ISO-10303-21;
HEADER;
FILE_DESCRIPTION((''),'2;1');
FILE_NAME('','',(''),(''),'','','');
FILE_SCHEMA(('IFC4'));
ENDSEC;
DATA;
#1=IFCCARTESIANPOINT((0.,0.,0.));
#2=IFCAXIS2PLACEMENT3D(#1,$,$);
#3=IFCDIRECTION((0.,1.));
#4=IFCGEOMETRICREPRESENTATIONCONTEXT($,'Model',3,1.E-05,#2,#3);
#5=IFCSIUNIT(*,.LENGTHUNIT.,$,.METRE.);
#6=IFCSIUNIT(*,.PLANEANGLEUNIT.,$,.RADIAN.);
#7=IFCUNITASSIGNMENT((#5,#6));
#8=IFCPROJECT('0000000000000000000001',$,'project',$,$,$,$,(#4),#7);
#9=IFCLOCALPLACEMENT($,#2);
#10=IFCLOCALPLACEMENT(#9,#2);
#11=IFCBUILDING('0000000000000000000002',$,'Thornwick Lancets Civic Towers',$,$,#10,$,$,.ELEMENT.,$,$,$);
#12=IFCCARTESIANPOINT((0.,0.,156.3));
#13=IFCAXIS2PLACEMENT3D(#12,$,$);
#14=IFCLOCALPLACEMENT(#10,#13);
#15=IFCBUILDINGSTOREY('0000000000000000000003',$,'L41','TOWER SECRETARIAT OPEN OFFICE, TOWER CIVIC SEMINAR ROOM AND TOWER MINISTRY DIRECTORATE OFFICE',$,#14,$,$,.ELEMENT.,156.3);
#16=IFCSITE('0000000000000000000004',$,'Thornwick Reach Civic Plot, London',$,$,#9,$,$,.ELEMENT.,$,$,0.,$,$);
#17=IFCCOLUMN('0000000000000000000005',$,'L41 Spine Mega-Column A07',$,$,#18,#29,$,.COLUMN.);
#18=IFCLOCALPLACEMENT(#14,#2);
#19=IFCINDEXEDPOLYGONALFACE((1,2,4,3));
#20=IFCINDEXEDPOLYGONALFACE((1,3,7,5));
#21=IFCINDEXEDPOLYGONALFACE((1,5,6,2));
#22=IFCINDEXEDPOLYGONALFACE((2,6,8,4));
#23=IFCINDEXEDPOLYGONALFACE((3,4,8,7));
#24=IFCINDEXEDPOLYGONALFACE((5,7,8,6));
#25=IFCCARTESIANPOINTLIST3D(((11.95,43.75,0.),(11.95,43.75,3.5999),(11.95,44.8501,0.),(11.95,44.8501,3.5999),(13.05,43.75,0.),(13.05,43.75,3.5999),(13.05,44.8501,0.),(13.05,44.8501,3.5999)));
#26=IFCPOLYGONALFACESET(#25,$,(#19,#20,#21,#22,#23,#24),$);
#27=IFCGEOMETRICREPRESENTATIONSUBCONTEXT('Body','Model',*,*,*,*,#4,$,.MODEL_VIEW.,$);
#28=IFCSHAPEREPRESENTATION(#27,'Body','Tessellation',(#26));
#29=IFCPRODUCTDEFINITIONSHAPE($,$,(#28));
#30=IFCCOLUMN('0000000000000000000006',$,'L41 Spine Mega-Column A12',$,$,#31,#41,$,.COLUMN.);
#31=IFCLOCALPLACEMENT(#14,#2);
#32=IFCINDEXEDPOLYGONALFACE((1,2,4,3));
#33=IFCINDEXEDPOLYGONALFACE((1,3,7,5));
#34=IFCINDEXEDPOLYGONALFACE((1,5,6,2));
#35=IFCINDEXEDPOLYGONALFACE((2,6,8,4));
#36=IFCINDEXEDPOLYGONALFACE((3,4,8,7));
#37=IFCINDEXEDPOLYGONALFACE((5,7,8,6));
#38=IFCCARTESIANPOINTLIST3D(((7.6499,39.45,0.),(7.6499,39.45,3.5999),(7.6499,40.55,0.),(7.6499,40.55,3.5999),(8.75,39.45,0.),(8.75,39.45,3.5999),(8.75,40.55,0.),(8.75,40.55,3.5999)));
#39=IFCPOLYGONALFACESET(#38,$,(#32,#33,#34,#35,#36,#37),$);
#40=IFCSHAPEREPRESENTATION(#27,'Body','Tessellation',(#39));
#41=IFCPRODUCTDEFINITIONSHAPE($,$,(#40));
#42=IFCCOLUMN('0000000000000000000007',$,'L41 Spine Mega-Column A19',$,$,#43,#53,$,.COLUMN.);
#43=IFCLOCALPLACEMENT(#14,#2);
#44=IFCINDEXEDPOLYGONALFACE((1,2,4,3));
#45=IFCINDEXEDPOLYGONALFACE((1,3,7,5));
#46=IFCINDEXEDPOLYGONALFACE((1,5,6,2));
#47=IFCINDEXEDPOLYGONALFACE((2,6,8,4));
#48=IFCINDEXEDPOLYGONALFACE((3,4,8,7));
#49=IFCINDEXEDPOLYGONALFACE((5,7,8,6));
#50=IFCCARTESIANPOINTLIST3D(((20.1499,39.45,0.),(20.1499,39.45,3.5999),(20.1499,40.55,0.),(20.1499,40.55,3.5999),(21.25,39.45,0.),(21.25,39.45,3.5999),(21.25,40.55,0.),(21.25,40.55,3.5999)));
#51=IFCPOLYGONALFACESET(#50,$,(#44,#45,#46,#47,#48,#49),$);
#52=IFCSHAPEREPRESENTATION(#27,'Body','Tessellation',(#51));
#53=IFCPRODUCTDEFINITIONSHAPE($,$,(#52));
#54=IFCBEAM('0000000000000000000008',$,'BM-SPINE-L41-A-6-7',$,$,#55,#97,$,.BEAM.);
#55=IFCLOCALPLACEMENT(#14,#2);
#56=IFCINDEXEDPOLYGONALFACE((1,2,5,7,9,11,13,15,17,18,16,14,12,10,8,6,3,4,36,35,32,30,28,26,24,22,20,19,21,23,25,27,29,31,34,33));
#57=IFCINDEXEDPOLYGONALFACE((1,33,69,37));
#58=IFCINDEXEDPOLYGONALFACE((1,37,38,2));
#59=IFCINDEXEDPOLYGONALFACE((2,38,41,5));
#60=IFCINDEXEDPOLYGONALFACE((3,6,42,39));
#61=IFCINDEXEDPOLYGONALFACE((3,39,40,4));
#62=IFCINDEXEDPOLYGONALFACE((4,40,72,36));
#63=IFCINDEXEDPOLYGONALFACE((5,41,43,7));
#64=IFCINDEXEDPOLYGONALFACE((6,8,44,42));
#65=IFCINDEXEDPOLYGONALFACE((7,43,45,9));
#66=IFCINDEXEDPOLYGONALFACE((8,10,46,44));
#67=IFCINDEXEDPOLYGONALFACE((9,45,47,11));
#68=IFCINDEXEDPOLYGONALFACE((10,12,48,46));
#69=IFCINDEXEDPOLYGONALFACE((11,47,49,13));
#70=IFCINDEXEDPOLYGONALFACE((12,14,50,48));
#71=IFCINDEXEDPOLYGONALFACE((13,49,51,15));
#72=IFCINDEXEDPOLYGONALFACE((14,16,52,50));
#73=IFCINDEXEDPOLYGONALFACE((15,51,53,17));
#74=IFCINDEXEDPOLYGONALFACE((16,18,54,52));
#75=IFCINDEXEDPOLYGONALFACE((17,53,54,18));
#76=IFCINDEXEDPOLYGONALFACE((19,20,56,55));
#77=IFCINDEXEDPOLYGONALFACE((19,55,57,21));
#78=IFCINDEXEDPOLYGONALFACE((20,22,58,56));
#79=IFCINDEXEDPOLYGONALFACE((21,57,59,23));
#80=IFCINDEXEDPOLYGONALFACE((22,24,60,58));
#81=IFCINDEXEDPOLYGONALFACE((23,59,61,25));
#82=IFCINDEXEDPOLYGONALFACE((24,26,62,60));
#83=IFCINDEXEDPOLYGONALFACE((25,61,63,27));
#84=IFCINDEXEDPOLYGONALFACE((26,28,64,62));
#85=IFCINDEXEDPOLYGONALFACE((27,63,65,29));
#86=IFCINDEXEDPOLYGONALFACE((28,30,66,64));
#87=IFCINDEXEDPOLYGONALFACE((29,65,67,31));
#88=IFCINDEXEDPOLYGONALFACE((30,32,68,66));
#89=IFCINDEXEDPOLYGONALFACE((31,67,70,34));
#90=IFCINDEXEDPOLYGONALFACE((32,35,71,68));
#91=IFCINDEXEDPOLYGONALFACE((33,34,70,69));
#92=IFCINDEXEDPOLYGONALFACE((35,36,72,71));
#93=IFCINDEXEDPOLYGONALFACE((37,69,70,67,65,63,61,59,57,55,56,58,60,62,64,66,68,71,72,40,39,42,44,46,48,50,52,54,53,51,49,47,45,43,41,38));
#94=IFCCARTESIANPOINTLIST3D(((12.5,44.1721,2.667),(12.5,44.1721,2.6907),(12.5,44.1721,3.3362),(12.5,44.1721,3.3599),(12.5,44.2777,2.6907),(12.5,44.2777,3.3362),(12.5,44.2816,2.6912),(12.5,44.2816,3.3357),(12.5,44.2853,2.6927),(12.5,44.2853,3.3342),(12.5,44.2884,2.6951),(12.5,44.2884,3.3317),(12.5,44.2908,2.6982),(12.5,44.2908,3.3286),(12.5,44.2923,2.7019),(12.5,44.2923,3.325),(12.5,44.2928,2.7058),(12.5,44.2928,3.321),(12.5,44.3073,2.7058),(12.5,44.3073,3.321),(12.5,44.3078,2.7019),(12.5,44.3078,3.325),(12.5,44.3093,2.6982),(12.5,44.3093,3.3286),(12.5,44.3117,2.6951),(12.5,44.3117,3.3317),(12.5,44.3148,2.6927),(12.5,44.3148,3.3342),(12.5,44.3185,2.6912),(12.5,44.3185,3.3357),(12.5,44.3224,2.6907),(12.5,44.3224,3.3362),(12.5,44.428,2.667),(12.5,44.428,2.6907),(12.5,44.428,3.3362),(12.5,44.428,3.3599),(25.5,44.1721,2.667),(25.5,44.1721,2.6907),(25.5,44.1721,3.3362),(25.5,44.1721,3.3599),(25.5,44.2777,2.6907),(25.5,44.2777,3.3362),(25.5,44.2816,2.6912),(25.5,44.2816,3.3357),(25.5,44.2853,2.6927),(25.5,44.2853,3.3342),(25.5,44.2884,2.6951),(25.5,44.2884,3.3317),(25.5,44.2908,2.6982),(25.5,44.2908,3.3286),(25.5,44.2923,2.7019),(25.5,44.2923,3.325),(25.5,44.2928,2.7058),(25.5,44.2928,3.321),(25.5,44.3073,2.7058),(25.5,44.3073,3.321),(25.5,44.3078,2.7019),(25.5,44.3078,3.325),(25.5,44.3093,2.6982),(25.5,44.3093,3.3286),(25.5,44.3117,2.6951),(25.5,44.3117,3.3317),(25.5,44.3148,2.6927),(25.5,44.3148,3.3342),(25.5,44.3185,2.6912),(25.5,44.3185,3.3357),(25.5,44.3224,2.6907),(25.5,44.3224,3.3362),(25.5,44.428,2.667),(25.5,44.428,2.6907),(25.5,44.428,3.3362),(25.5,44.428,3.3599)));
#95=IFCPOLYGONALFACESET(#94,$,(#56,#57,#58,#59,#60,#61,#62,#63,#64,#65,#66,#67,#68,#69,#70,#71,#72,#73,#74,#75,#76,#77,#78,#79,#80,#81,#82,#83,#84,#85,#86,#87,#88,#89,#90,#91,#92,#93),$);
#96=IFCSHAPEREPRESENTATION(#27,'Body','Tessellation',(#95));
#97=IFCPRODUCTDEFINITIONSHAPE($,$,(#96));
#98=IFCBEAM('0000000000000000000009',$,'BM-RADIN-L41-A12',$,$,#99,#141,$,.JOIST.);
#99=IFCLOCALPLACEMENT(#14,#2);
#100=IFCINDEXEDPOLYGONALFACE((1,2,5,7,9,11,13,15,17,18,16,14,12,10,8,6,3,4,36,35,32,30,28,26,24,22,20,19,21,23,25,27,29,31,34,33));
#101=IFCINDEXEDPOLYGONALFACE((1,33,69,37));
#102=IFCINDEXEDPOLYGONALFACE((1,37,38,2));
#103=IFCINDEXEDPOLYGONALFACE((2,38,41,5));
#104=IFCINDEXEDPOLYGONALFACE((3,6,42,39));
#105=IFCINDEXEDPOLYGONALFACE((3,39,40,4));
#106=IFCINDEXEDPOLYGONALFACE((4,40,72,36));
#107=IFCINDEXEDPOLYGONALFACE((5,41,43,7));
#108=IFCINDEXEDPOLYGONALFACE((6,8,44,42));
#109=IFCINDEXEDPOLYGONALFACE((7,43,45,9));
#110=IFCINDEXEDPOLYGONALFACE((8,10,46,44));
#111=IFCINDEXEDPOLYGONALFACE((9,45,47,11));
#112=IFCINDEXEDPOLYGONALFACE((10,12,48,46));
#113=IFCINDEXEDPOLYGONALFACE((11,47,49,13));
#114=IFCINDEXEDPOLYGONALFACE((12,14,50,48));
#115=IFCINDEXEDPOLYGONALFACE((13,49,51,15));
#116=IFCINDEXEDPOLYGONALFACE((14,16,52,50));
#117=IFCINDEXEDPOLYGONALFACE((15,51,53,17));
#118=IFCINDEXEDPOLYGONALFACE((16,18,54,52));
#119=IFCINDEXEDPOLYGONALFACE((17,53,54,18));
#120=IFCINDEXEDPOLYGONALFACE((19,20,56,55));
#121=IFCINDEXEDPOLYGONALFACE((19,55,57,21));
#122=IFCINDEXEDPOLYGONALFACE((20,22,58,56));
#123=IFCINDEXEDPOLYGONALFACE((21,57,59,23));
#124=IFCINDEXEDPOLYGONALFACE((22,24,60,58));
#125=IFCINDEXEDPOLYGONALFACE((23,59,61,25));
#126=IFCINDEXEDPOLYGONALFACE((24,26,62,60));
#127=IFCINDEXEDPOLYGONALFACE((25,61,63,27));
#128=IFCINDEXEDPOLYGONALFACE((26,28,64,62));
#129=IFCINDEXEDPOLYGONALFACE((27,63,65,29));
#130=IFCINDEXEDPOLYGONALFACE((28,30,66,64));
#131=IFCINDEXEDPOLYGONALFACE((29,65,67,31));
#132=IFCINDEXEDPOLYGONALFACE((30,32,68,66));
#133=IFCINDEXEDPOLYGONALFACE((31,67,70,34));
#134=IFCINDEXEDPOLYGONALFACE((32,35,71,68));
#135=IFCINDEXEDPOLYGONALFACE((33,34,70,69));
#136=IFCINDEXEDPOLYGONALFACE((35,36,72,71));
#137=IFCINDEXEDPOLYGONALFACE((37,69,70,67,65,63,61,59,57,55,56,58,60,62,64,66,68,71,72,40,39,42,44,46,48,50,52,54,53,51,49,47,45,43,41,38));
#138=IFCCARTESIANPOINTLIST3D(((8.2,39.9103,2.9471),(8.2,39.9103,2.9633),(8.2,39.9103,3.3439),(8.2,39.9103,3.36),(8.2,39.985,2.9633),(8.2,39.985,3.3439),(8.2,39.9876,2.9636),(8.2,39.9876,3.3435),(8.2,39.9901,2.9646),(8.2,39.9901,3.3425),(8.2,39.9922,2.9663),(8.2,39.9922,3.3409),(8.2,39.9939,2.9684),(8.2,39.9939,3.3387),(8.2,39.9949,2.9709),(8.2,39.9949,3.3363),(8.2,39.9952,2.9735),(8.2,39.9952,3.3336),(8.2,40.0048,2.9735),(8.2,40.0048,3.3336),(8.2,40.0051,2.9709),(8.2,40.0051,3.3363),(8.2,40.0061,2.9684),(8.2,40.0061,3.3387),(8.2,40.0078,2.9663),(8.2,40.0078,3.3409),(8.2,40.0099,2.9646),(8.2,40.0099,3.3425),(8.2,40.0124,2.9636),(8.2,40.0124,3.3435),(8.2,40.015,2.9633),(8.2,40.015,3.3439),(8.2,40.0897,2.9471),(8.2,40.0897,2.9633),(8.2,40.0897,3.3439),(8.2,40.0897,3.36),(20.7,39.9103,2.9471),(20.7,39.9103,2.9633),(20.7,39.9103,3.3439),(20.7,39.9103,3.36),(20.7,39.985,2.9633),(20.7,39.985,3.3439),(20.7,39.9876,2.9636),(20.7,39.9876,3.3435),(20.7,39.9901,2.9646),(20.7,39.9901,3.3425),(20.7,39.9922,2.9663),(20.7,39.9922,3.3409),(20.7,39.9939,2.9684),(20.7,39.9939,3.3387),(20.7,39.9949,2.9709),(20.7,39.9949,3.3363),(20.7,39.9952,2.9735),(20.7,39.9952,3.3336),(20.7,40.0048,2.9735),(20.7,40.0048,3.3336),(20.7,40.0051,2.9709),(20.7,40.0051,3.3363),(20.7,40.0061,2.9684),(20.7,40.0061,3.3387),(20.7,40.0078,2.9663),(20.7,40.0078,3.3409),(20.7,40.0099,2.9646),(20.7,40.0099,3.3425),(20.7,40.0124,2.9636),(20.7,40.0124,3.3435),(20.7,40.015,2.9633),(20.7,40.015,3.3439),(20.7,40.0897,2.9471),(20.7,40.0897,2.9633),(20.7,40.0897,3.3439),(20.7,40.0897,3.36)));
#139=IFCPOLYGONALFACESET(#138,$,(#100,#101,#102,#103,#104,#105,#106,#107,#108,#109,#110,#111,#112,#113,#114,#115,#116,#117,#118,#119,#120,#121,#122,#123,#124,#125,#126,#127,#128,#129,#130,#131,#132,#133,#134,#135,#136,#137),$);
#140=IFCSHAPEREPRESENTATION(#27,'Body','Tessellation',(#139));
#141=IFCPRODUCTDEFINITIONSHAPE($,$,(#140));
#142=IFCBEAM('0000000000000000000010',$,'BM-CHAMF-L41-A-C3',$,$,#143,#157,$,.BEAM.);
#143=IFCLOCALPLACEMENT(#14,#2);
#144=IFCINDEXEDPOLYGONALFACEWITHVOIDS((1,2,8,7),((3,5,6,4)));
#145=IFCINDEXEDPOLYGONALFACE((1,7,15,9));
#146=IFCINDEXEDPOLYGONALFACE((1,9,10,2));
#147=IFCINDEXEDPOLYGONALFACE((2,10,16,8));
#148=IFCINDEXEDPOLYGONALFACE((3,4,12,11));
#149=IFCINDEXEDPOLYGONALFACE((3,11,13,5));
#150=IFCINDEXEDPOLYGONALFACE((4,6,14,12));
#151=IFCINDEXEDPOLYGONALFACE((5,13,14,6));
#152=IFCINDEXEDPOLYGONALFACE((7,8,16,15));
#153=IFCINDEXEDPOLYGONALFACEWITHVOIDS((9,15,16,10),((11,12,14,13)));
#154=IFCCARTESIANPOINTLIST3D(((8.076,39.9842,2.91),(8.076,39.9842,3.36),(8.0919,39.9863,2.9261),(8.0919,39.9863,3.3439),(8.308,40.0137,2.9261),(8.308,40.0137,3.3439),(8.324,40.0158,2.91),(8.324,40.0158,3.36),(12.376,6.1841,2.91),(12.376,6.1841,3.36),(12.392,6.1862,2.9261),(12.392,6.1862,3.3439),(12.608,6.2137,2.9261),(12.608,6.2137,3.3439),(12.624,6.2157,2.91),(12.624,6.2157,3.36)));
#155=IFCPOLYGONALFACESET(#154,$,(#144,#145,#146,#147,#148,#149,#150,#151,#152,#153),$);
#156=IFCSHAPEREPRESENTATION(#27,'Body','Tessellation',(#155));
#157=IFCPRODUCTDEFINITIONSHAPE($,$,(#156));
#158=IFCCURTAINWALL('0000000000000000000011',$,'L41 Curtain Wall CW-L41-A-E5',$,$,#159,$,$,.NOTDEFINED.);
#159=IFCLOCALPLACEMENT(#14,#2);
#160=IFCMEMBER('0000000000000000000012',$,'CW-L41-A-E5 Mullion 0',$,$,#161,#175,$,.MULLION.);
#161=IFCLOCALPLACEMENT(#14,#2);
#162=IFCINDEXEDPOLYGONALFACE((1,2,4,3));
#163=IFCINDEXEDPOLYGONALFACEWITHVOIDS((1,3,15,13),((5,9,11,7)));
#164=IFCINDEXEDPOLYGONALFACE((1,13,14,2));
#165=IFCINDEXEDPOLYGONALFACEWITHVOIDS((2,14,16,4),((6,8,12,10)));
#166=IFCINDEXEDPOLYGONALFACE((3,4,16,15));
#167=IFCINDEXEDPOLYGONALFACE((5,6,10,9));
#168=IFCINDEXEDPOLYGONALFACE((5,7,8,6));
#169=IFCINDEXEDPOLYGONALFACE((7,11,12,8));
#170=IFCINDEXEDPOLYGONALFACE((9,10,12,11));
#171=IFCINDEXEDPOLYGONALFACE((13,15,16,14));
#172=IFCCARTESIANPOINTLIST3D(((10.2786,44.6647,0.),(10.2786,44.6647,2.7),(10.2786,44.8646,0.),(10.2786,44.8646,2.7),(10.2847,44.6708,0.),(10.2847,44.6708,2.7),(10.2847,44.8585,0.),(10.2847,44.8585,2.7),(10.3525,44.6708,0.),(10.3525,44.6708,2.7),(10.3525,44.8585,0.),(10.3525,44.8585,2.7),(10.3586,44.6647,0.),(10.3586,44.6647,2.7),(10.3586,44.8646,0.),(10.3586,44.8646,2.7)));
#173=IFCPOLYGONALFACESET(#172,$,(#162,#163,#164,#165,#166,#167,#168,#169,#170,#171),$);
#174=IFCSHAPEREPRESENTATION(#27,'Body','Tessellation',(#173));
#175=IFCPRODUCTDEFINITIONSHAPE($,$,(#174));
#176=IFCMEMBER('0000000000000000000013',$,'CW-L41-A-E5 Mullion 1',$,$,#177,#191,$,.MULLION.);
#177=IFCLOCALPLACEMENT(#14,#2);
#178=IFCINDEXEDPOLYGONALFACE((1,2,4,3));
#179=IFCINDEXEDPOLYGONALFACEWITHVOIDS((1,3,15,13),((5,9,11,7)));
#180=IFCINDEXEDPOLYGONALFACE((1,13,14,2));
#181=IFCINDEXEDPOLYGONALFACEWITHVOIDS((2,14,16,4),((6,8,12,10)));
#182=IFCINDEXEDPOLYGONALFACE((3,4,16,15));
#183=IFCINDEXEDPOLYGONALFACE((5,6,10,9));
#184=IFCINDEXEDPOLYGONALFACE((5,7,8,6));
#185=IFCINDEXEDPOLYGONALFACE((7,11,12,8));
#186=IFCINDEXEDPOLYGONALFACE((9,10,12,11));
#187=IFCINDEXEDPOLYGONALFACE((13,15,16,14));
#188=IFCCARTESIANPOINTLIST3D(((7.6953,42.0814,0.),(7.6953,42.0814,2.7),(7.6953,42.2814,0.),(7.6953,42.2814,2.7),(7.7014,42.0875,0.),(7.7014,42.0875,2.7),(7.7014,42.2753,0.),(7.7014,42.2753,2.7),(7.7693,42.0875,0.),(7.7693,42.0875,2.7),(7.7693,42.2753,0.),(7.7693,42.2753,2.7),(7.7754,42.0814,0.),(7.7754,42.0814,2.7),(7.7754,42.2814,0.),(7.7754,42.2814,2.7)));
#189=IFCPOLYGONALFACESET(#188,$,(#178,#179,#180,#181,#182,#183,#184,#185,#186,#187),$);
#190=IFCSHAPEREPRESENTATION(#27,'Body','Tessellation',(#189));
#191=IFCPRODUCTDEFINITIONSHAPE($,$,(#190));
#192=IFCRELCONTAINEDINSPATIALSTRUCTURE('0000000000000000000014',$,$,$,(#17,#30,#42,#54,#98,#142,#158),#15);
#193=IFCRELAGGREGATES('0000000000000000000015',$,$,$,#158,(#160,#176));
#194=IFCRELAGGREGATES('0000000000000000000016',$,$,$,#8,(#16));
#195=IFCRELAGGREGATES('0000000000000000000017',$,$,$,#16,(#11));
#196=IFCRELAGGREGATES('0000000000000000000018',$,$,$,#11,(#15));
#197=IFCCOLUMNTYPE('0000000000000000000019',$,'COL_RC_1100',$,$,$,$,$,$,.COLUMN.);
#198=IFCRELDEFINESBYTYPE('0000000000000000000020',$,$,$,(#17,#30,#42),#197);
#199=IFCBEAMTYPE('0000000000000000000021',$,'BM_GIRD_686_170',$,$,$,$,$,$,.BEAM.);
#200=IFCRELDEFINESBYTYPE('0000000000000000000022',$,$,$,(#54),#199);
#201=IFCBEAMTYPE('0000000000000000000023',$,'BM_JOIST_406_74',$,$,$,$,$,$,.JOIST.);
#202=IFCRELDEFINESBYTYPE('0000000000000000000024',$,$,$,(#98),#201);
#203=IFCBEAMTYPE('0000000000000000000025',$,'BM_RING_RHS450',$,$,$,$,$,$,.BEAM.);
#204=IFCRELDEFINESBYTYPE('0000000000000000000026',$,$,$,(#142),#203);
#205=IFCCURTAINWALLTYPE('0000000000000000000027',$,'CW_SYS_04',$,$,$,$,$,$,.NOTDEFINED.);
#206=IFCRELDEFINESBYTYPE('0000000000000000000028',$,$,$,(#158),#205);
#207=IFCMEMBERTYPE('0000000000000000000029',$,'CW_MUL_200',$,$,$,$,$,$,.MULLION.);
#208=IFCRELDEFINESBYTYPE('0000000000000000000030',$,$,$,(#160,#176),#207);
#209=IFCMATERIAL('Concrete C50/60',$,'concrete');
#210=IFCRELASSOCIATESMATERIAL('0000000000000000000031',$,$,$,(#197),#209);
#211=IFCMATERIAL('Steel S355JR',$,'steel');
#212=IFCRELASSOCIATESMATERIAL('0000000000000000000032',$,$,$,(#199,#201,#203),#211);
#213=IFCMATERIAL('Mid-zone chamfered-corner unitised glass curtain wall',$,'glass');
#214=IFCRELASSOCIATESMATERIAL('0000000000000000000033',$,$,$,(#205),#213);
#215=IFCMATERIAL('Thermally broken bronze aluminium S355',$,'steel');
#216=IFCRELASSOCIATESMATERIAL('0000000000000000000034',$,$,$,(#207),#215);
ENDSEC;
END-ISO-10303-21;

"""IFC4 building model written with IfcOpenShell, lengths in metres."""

from ifc_helpers import new_model, si_unit, direction, frame, origin, origin_2d, place, context, subcontext, project, spatial, rectangle, hollow_rectangle, i_section, extrude, material, material_profile, profile_set, type_object, element, aggregate, save


model = new_model("IFC4")

# Units and contexts
model_context = context("Model", 3, precision=1e-05, world=origin(), true_north=direction((0.0, 1.0)))
body_context = subcontext(model_context, "Body", "Model", "MODEL_VIEW")
ifc_project = project(units=[si_unit("LENGTHUNIT", "METRE"), si_unit("PLANEANGLEUNIT", "RADIAN")], contexts=[model_context])

# Site, building, storey
site_placement = place(None, origin())
site = spatial("IfcSite", under=ifc_project, at=site_placement, Name="Thornwick Reach Civic Plot, London", CompositionType="ELEMENT", RefElevation=0.0)
building_placement = place(site_placement, origin())
building = spatial("IfcBuilding", under=site, at=building_placement, Name="Thornwick Lancets Civic Towers", CompositionType="ELEMENT")
storey_placement = place(building_placement, frame((0.0, 0.0, 156.3)))
storey = spatial("IfcBuildingStorey", under=building, at=storey_placement, Name="L41", Description="TOWER SECRETARIAT OPEN OFFICE, TOWER CIVIC SEMINAR ROOM AND TOWER MINISTRY DIRECTORATE OFFICE", CompositionType="ELEMENT", Elevation=156.3)

# Columns
ifc_material_1 = material(Name="Concrete C50/60", Category="concrete")
ifc_material_profile_1 = material_profile(ifc_material_1, rectangle(XDim=1.1001, YDim=1.1001, at=origin_2d()), Name="RC 1100x1100")
ifc_profile_set_1 = profile_set([ifc_material_profile_1], Name="Concrete C50/60")
column_type = type_object("IfcColumnType", Name="COL_RC_1100", PredefinedType="COLUMN", material=ifc_profile_set_1)
for number, where, z_axis, x_axis, name in (
    (1, (12.5, 44.3, 0.0), (0.0, 0.0, 1.0), (1.0, 0.0, 0.0), "L41 Spine Mega-Column A07"),
    (2, (8.2, 40.0, 0.0), (0.0, 0.0, 1.0), (1.0, 0.0, 0.0), "L41 Spine Mega-Column A12"),
    (3, (20.7, 40.0, 0.0), (0.0, 0.0, 1.0), (1.0, 0.0, 0.0), "L41 Spine Mega-Column A19"),
):
    element("IfcColumn", number, at=place(storey_placement, frame(where, z_axis=z_axis, x_axis=x_axis)), inside=storey, type_object=column_type, Name=name, PredefinedType="COLUMN", context=body_context, shape_type="SweptSolid", body=[
        extrude(rectangle(XDim=1.1001, YDim=1.1001, at=origin_2d()), origin(), (0.0, 0.0, 1.0), 3.5999),
    ])

# Beams
ifc_material_2 = material(Name="Steel S355JR", Category="steel")
ifc_material_profile_2 = material_profile(ifc_material_2, i_section(OverallWidth=0.2559, OverallDepth=0.6929, WebThickness=0.0144, FlangeThickness=0.0237, FilletRadius=0.0151, at=origin_2d()), Name="UKB 686x254x170")
ifc_profile_set_2 = profile_set([ifc_material_profile_2], Name="Steel S355JR")
beam_type_1 = type_object("IfcBeamType", Name="BM_GIRD_686_170", PredefinedType="BEAM", material=ifc_profile_set_2)
beam_1_placement = place(storey_placement, frame((12.5, 44.3, 3.0134), z_axis=(1.0, 0.0, 0.0), x_axis=(0.0, 1.0, 0.0)))
element("IfcBeam", 4, at=beam_1_placement, inside=storey, type_object=beam_type_1, Name="BM-SPINE-L41-A-6-7", PredefinedType="BEAM", context=body_context, shape_type="SweptSolid", body=[
    extrude(i_section(OverallWidth=0.2559, OverallDepth=0.6929, WebThickness=0.0144, FlangeThickness=0.0237, FilletRadius=0.0151, at=origin_2d()), origin(), (0.0, 0.0, 1.0), 13.0),
])
ifc_material_profile_3 = material_profile(ifc_material_2, i_section(OverallWidth=0.1794, OverallDepth=0.4128, WebThickness=0.0095, FlangeThickness=0.0161, FilletRadius=0.0103, at=origin_2d()), Name="UKB 406x178x74")
ifc_profile_set_3 = profile_set([ifc_material_profile_3], Name="Steel S355JR")
beam_type_2 = type_object("IfcBeamType", Name="BM_JOIST_406_74", PredefinedType="JOIST", material=ifc_profile_set_3)
beam_2_placement = place(storey_placement, frame((20.7, 40.0, 3.1536), z_axis=(-1.0, 0.0, 0.0), x_axis=(0.0, -1.0, 0.0)))
element("IfcBeam", 5, at=beam_2_placement, inside=storey, type_object=beam_type_2, Name="BM-RADIN-L41-A12", PredefinedType="JOIST", context=body_context, shape_type="SweptSolid", body=[
    extrude(i_section(OverallWidth=0.1794, OverallDepth=0.4128, WebThickness=0.0095, FlangeThickness=0.0161, FilletRadius=0.0103, at=origin_2d()), origin(), (0.0, 0.0, 1.0), 12.5),
])
ifc_material_profile_4 = material_profile(ifc_material_2, hollow_rectangle(XDim=0.25, YDim=0.45, WallThickness=0.0161, at=origin_2d()), Name="RHS 450x250x16")
ifc_profile_set_4 = profile_set([ifc_material_profile_4], Name="Steel S355JR")
beam_type_3 = type_object("IfcBeamType", Name="BM_RING_RHS450", PredefinedType="BEAM", material=ifc_profile_set_4)
beam_3_placement = place(storey_placement, frame((8.2, 40.0, 3.135), z_axis=(0.126203, -0.992004, 0.0), x_axis=(0.992004, 0.126203, 0.0)))
element("IfcBeam", 6, at=beam_3_placement, inside=storey, type_object=beam_type_3, Name="BM-CHAMF-L41-A-C3", PredefinedType="BEAM", context=body_context, shape_type="SweptSolid", body=[
    extrude(hollow_rectangle(XDim=0.25, YDim=0.45, WallThickness=0.0161, at=origin_2d()), origin(), (0.0, 0.0, 1.0), 34.0725),
])

# Curtain wall, members
ifc_material_3 = material(Name="Mid-zone chamfered-corner unitised glass curtain wall", Category="glass")
curtain_wall_type = type_object("IfcCurtainWallType", Name="CW_SYS_04", PredefinedType="NOTDEFINED", material=ifc_material_3)
curtain_wall_placement = place(storey_placement, origin())
curtain_wall = element("IfcCurtainWall", 7, at=curtain_wall_placement, inside=storey, type_object=curtain_wall_type, Name="L41 Curtain Wall CW-L41-A-E5", PredefinedType="NOTDEFINED")
ifc_material_4 = material(Name="Thermally broken bronze aluminium S355", Category="steel")
ifc_material_profile_5 = material_profile(ifc_material_4, hollow_rectangle(XDim=0.0801, YDim=0.2, WallThickness=0.0061, at=origin_2d()), Name="RHS 200x80x6")
ifc_profile_set_5 = profile_set([ifc_material_profile_5], Name="Thermally broken bronze aluminium S355")
member_type_1 = type_object("IfcMemberType", Name="CW_MUL_200", PredefinedType="MULLION", material=ifc_profile_set_5)
member_1_placement = place(storey_placement, frame((10.3186, 44.7646, 0.0), z_axis=(0.0, 0.0, 1.0), x_axis=(1.0, 0.0, 0.0)))
member_1 = element("IfcMember", 8, at=member_1_placement, type_object=member_type_1, Name="CW-L41-A-E5 Mullion 0", PredefinedType="MULLION", context=body_context, shape_type="SweptSolid", body=[
    extrude(hollow_rectangle(XDim=0.0801, YDim=0.2, WallThickness=0.0061, at=origin_2d()), origin(), (0.0, 0.0, 1.0), 2.7),
])
member_2_placement = place(storey_placement, frame((7.7354, 42.1814, 0.0), z_axis=(0.0, 0.0, 1.0), x_axis=(1.0, 0.0, 0.0)))
member_2 = element("IfcMember", 9, at=member_2_placement, type_object=member_type_1, Name="CW-L41-A-E5 Mullion 1", PredefinedType="MULLION", context=body_context, shape_type="SweptSolid", body=[
    extrude(hollow_rectangle(XDim=0.0801, YDim=0.2, WallThickness=0.0061, at=origin_2d()), origin(), (0.0, 0.0, 1.0), 2.7),
])
aggregate(curtain_wall, [member_1, member_2])

save(model, "model.ifc")
